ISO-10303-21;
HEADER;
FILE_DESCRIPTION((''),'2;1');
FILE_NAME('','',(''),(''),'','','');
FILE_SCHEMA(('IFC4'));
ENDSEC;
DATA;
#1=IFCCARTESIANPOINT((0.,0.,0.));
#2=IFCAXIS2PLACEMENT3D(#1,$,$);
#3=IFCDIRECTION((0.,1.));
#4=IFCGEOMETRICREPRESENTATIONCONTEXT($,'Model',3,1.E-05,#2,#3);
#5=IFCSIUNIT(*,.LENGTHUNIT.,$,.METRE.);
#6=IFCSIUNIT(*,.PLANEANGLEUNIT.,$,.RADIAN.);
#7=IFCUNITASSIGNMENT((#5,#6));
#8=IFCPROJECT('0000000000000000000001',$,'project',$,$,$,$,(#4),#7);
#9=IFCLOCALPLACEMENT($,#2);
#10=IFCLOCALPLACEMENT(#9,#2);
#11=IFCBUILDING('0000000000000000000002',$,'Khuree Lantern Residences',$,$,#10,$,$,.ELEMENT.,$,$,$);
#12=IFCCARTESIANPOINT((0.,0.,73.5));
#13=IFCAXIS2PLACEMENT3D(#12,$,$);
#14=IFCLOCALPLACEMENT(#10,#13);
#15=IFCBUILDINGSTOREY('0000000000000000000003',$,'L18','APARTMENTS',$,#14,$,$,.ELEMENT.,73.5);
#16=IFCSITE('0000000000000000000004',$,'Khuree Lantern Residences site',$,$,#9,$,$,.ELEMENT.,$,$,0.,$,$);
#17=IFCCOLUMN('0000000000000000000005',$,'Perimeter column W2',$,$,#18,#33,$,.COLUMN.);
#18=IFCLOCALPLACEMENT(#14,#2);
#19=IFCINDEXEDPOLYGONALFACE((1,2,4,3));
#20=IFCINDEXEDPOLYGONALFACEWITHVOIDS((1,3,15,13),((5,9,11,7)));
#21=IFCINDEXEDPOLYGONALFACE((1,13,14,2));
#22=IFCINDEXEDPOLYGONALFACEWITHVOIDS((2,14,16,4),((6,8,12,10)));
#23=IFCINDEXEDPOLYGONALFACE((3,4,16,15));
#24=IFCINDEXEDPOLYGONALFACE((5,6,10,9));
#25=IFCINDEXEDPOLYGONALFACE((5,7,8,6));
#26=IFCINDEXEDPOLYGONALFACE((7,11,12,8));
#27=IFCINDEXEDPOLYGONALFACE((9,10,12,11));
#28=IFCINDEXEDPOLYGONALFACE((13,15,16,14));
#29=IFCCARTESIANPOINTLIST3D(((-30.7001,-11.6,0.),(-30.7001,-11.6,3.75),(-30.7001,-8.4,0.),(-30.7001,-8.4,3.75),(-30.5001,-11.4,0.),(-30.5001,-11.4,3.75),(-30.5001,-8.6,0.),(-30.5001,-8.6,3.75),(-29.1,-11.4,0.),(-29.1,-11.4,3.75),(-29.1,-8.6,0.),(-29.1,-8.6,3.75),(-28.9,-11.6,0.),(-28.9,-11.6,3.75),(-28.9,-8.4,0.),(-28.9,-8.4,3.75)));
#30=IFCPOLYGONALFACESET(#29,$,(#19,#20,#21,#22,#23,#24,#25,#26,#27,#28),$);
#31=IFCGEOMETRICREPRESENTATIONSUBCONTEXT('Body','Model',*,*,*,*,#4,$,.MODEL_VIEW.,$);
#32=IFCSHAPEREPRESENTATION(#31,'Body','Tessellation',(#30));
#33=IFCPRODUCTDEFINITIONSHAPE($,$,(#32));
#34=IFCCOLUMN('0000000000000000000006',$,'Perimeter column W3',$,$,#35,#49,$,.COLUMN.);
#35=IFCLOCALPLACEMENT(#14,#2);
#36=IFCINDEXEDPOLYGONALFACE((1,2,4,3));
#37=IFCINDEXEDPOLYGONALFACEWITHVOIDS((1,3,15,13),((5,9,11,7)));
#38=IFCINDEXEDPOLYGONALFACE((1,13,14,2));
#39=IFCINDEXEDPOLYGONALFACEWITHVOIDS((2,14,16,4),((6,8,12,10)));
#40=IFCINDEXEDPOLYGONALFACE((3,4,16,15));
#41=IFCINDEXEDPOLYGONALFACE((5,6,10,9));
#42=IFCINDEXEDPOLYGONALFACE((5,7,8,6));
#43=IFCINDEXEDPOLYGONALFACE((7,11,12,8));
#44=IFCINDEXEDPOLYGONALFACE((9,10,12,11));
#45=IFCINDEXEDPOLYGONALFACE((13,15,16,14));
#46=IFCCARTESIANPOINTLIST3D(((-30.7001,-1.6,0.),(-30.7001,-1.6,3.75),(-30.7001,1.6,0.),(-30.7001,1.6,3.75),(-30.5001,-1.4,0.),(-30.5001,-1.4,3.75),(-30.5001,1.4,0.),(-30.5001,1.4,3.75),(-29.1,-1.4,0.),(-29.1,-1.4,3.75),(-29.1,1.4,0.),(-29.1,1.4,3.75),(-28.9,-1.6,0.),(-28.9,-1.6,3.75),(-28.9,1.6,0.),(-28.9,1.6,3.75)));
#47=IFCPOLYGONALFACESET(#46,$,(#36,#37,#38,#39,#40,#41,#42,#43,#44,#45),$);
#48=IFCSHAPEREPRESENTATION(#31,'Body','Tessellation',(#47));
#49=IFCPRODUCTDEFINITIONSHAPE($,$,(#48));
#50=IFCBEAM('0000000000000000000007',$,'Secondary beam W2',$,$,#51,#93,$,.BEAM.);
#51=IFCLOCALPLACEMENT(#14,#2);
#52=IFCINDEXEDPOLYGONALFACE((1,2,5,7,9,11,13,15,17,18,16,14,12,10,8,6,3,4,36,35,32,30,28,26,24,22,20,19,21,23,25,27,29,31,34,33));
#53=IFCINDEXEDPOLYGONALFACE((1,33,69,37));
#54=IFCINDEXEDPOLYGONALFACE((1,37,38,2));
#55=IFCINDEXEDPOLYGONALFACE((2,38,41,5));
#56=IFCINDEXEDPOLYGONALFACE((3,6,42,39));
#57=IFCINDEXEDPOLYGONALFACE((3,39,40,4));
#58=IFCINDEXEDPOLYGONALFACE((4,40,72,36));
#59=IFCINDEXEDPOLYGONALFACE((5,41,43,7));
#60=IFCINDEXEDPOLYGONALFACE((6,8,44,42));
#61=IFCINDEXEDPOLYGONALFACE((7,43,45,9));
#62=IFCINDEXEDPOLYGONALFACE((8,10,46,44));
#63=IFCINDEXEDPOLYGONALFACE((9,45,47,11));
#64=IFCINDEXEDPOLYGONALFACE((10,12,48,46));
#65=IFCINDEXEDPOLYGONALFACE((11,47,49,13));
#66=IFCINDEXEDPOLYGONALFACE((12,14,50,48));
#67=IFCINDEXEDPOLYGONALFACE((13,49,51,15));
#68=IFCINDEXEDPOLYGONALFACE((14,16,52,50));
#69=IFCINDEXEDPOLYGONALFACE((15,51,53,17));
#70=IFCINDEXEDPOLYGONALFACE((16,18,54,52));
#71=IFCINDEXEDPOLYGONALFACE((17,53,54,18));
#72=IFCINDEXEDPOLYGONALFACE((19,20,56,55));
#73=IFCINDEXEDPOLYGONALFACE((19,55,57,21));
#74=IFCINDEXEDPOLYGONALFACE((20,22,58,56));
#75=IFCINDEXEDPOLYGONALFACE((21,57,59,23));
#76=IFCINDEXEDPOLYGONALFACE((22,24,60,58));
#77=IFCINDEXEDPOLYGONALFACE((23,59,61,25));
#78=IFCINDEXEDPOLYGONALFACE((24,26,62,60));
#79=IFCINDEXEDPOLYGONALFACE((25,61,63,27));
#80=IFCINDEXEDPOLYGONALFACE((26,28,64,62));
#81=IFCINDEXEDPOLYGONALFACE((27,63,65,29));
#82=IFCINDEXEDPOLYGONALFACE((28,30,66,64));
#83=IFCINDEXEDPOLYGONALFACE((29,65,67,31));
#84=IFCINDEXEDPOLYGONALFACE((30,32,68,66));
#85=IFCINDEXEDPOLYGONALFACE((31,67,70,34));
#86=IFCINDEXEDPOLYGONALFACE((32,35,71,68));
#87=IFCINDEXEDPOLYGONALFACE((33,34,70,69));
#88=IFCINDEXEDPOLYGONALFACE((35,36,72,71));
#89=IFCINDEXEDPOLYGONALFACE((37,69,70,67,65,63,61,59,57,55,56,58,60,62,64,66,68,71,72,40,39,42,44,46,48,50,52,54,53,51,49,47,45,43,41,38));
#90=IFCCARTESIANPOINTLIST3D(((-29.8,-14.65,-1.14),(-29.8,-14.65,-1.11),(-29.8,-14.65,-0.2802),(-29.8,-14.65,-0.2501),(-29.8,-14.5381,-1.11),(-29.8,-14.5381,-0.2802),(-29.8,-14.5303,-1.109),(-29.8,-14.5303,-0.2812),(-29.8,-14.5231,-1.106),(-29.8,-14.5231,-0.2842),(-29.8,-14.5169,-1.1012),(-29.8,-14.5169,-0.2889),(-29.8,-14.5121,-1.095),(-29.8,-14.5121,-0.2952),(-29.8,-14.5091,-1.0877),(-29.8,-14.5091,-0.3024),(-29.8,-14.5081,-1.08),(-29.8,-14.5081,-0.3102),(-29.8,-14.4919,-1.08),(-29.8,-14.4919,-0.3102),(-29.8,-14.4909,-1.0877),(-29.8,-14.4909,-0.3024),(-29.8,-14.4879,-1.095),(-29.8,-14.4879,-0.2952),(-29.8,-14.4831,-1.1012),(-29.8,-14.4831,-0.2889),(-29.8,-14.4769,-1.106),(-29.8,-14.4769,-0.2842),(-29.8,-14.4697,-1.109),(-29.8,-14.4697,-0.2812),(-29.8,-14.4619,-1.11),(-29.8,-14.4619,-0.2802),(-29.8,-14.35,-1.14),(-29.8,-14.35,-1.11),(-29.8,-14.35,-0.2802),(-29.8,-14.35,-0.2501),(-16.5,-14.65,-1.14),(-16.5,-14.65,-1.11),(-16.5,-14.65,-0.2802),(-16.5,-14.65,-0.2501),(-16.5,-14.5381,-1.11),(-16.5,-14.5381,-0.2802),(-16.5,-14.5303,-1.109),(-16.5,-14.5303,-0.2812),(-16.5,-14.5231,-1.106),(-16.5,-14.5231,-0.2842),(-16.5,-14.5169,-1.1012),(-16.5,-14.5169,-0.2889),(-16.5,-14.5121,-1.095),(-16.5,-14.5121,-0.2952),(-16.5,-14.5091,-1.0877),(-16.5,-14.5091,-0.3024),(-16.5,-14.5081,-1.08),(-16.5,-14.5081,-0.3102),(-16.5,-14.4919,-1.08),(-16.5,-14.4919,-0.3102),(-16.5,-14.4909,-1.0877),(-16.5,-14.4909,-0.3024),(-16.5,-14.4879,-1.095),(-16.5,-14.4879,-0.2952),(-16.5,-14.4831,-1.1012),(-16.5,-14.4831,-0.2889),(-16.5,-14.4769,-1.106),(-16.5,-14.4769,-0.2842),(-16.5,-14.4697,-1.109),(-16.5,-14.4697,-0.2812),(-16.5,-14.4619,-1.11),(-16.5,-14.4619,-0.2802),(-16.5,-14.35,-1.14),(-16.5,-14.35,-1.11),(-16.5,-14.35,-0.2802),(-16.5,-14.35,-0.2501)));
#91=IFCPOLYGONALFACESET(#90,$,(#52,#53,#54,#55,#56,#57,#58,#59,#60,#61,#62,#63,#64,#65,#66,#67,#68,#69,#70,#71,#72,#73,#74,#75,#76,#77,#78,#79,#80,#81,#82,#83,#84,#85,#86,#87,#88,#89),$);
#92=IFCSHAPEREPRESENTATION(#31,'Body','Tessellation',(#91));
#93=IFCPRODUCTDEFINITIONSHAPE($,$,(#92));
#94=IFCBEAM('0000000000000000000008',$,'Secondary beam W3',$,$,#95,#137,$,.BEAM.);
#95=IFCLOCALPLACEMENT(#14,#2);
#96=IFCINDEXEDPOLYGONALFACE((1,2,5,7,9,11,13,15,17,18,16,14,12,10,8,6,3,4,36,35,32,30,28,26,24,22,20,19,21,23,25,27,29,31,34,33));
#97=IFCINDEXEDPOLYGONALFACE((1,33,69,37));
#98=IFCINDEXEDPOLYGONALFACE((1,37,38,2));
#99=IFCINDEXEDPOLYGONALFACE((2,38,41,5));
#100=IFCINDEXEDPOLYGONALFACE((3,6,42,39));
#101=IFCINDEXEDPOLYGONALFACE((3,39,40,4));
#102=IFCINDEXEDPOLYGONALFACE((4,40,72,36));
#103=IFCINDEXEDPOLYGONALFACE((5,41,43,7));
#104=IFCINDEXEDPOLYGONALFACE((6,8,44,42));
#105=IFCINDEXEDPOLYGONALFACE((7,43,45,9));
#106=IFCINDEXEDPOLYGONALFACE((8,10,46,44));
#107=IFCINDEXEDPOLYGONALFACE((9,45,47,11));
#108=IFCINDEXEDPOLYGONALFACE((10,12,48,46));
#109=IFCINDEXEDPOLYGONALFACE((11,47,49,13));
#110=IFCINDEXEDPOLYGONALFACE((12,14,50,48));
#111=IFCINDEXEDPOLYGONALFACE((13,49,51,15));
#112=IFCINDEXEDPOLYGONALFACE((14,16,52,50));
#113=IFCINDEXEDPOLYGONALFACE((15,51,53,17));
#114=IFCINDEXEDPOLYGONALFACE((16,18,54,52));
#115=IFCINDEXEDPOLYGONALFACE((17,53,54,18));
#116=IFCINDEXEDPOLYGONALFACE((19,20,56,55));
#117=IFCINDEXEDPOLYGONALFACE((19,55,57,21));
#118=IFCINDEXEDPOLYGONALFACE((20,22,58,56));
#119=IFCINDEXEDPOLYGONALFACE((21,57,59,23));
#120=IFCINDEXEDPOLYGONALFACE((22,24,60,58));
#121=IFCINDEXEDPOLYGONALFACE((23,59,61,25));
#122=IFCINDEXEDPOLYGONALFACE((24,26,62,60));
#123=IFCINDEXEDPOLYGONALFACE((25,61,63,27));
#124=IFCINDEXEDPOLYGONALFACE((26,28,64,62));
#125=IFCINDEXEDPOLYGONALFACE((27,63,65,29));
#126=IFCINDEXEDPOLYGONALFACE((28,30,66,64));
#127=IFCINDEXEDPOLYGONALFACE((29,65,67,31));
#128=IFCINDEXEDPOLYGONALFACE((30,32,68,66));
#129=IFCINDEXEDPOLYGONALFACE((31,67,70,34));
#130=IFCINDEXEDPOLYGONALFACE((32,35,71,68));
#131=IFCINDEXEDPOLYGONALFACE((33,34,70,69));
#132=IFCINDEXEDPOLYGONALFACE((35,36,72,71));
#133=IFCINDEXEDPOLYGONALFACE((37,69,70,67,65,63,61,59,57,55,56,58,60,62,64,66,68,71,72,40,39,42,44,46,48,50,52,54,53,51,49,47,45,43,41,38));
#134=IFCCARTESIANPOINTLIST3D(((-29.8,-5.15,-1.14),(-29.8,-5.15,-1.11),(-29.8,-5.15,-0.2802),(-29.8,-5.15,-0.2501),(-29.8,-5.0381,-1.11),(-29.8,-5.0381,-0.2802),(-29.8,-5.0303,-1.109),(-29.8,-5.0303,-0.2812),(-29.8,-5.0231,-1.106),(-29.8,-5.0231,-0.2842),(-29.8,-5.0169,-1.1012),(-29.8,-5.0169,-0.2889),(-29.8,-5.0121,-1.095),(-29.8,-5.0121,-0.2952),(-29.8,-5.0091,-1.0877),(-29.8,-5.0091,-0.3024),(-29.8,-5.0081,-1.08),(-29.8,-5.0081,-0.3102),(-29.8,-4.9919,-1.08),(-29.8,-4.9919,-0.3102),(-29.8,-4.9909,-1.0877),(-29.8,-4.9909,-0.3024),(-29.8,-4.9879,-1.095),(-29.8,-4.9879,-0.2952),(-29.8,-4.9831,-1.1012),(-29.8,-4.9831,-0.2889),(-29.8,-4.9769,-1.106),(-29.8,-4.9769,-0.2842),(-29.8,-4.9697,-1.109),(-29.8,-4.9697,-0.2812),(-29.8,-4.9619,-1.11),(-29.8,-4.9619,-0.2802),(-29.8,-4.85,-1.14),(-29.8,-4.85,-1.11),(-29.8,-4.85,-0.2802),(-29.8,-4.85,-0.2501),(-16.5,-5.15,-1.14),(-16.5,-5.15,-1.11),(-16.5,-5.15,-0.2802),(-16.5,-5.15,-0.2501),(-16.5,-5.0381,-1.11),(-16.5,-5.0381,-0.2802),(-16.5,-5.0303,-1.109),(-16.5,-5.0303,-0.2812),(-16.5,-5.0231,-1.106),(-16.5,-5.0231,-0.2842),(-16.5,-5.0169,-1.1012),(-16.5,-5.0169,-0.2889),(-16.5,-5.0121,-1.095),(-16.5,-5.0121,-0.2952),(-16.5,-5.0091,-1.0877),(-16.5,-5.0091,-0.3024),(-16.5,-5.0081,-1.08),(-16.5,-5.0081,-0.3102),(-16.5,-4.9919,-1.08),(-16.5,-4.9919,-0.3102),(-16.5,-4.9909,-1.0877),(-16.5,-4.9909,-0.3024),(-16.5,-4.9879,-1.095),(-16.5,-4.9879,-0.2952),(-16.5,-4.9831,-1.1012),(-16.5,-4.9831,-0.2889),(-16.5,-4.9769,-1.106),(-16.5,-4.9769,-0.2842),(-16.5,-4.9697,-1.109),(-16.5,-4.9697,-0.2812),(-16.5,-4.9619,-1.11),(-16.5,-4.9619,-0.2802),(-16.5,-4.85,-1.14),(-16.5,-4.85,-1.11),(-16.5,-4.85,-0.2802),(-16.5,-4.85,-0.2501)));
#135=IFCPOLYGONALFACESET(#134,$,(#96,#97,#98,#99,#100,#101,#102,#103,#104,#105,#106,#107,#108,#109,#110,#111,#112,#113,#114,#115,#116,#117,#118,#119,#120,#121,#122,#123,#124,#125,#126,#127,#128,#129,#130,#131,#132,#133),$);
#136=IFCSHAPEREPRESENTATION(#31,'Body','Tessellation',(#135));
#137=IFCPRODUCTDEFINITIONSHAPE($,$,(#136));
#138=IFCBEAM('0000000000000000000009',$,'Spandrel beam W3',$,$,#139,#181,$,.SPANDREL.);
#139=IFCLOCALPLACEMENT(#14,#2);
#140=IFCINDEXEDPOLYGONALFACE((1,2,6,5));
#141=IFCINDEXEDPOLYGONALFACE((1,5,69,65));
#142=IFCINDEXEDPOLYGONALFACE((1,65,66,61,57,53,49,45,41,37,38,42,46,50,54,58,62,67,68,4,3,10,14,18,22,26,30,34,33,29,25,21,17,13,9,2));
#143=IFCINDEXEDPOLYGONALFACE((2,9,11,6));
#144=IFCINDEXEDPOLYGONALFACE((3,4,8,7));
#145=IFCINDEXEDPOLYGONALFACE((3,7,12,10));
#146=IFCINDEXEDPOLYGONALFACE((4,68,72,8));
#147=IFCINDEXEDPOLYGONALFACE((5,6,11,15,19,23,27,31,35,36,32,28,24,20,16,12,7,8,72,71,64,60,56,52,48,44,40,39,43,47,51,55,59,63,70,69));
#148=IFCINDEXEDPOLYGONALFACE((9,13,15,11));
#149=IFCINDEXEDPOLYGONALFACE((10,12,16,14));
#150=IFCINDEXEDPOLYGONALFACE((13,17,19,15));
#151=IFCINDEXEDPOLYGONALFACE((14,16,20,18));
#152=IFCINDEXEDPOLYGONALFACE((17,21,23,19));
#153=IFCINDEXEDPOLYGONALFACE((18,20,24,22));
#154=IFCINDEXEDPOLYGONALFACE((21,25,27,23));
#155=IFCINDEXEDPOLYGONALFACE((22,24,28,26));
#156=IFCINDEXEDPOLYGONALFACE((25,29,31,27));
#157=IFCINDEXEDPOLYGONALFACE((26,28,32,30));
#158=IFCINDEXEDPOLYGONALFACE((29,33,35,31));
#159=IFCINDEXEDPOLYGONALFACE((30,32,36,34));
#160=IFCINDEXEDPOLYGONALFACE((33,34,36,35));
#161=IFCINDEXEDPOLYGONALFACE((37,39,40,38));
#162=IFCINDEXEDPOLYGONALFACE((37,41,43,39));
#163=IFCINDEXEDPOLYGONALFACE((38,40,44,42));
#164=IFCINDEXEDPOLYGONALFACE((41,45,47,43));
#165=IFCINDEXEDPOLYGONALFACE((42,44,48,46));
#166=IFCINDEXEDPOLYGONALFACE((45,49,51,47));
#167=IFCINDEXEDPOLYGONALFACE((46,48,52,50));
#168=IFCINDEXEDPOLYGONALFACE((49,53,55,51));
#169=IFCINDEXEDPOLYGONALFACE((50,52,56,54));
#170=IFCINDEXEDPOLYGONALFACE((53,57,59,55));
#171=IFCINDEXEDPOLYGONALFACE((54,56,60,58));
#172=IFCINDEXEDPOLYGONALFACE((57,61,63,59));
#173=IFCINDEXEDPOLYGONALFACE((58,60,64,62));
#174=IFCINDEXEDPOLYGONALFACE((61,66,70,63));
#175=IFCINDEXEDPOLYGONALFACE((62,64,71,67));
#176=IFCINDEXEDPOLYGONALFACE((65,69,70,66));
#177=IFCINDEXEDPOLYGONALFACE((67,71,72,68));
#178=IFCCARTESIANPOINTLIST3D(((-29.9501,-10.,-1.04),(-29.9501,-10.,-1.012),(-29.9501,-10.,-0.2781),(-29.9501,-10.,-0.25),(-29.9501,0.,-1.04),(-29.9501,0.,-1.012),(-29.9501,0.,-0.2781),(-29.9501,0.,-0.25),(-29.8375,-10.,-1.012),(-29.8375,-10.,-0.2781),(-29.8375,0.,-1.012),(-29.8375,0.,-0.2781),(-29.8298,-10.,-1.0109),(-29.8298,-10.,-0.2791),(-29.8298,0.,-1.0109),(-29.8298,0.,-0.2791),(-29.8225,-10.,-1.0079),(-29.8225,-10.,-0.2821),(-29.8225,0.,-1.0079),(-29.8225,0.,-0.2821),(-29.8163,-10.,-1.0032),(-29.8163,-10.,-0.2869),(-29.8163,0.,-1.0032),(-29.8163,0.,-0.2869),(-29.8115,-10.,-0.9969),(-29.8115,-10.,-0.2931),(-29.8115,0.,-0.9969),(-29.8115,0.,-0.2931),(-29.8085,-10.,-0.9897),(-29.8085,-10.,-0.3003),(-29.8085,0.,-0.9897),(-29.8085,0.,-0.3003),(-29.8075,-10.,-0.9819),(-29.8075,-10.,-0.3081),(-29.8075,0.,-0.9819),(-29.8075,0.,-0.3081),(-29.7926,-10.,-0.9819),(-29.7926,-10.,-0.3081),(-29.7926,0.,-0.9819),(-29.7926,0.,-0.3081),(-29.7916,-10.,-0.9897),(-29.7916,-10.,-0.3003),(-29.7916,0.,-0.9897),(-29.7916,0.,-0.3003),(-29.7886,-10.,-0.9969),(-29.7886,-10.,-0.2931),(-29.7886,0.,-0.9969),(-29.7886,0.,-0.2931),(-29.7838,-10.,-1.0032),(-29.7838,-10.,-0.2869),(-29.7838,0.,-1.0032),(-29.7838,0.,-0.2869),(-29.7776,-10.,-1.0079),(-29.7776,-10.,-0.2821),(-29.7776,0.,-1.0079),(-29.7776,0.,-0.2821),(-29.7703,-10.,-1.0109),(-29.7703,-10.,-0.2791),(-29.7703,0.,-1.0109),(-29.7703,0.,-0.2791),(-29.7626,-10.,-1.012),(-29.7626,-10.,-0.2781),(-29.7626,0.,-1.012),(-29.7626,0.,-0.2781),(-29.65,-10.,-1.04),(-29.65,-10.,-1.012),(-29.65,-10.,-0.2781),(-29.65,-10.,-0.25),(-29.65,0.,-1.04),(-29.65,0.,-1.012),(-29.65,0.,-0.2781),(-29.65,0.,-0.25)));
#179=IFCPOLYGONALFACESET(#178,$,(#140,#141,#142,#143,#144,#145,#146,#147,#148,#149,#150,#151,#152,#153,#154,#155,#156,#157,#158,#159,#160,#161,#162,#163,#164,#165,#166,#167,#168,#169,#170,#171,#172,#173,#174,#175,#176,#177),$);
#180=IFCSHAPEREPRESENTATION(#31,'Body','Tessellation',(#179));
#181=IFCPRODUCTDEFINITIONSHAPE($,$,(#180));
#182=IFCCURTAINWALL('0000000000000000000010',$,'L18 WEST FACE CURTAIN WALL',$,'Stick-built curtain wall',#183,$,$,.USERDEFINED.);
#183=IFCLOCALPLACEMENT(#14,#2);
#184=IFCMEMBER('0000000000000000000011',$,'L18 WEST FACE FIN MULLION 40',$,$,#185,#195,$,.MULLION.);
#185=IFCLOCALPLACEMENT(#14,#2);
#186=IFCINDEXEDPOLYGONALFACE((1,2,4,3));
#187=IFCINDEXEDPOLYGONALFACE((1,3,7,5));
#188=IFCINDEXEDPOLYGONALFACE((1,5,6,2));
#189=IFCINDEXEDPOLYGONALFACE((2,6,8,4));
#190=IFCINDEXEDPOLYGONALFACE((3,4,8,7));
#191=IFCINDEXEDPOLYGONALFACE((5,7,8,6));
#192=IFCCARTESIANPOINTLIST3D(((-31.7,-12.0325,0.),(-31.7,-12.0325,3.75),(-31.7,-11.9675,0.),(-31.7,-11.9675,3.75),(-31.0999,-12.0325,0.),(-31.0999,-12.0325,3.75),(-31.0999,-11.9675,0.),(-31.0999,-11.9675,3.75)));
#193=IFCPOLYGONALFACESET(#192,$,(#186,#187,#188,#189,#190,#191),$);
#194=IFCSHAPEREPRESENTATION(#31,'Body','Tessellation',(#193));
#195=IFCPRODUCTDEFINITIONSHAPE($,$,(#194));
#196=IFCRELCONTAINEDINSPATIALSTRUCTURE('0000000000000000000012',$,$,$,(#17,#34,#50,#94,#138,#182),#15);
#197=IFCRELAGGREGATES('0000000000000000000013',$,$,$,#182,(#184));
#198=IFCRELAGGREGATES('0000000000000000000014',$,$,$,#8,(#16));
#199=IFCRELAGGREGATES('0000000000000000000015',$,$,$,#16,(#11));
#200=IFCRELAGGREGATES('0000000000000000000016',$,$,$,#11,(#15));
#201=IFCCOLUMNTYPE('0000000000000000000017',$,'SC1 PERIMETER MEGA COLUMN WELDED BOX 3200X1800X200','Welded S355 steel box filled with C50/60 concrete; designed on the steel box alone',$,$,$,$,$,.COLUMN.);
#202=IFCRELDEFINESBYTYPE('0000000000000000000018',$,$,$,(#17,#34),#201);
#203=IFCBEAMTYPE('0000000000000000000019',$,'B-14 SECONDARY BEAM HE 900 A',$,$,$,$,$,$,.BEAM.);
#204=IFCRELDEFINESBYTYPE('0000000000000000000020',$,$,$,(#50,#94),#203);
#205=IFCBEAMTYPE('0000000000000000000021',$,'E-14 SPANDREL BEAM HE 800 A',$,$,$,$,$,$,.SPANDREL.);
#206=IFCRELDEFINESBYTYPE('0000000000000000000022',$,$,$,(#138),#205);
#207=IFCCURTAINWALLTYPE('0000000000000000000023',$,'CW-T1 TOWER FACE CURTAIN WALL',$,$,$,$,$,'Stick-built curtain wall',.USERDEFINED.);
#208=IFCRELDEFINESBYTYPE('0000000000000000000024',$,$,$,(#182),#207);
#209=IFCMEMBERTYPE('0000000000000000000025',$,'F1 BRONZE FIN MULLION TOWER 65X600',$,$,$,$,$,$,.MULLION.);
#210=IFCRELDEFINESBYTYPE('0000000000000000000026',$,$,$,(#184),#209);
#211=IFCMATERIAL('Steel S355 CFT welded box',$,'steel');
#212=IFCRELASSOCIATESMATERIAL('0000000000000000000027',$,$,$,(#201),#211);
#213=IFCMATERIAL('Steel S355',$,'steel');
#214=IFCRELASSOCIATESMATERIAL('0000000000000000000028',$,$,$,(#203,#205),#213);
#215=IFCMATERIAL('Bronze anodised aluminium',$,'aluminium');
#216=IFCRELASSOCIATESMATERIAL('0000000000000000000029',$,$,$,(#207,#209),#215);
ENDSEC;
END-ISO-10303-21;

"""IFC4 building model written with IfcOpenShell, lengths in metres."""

from ifc_helpers import new_model, si_unit, direction, frame, origin, origin_2d, place, context, subcontext, project, spatial, rectangle, hollow_rectangle, i_section, extrude, material, material_profile, profile_set, type_object, element, aggregate, save


model = new_model("IFC4")

# Units and contexts
model_context = context("Model", 3, precision=1e-05, world=origin(), true_north=direction((0.0, 1.0)))
body_context = subcontext(model_context, "Body", "Model", "MODEL_VIEW")
ifc_project = project(units=[si_unit("LENGTHUNIT", "METRE"), si_unit("PLANEANGLEUNIT", "RADIAN")], contexts=[model_context])

# Site, building, storey
site_placement = place(None, origin())
site = spatial("IfcSite", under=ifc_project, at=site_placement, Name="Khuree Lantern Residences site", CompositionType="ELEMENT", RefElevation=0.0)
building_placement = place(site_placement, origin())
building = spatial("IfcBuilding", under=site, at=building_placement, Name="Khuree Lantern Residences", CompositionType="ELEMENT")
storey_placement = place(building_placement, frame((0.0, 0.0, 73.5)))
storey = spatial("IfcBuildingStorey", under=building, at=storey_placement, Name="L18", Description="APARTMENTS", CompositionType="ELEMENT", Elevation=73.5)

# Columns
ifc_material_1 = material(Name="Steel S355 CFT welded box", Category="steel")
ifc_material_profile_1 = material_profile(ifc_material_1, hollow_rectangle(XDim=3.2, YDim=1.8, WallThickness=0.2, at=origin_2d()), Name="WELDED BOX 3200X1800X200")
ifc_profile_set_1 = profile_set([ifc_material_profile_1], Name="Steel S355 CFT welded box")
column_type = type_object("IfcColumnType", Name="SC1 PERIMETER MEGA COLUMN WELDED BOX 3200X1800X200", Description="Welded S355 steel box filled with C50/60 concrete; designed on the steel box alone", PredefinedType="COLUMN", material=ifc_profile_set_1)
for number, where, z_axis, x_axis, name in (
    (1, (-29.8, -10.0, 0.0), (0.0, 0.0, 1.0), (0.0, 1.0, 0.0), "Perimeter column W2"),
    (2, (-29.8, 0.0, 0.0), (0.0, 0.0, 1.0), (0.0, 1.0, 0.0), "Perimeter column W3"),
):
    element("IfcColumn", number, at=place(storey_placement, frame(where, z_axis=z_axis, x_axis=x_axis)), inside=storey, type_object=column_type, Name=name, PredefinedType="COLUMN", context=body_context, shape_type="SweptSolid", body=[
        extrude(hollow_rectangle(XDim=3.2, YDim=1.8, WallThickness=0.2, at=origin_2d()), origin(), (0.0, 0.0, 1.0), 3.75),
    ])

# Beams
ifc_material_2 = material(Name="Steel S355", Category="steel")
ifc_material_profile_2 = material_profile(ifc_material_2, i_section(OverallWidth=0.3, OverallDepth=0.8899, WebThickness=0.0161, FlangeThickness=0.03, FilletRadius=0.03, at=origin_2d()), Name="HE 900 A")
ifc_profile_set_2 = profile_set([ifc_material_profile_2], Name="Steel S355")
beam_type_1 = type_object("IfcBeamType", Name="B-14 SECONDARY BEAM HE 900 A", PredefinedType="BEAM", material=ifc_profile_set_2)
for number, where, z_axis, x_axis, name in (
    (3, (-29.8, -14.5, -0.6951), (1.0, 0.0, 0.0), (0.0, 1.0, 0.0), "Secondary beam W2"),
    (4, (-29.8, -5.0, -0.6951), (1.0, 0.0, 0.0), (0.0, 1.0, 0.0), "Secondary beam W3"),
):
    element("IfcBeam", number, at=place(storey_placement, frame(where, z_axis=z_axis, x_axis=x_axis)), inside=storey, type_object=beam_type_1, Name=name, PredefinedType="BEAM", context=body_context, shape_type="SweptSolid", body=[
        extrude(i_section(OverallWidth=0.3, OverallDepth=0.8899, WebThickness=0.0161, FlangeThickness=0.03, FilletRadius=0.03, at=origin_2d()), origin(), (0.0, 0.0, 1.0), 13.3),
    ])
ifc_material_profile_3 = material_profile(ifc_material_2, i_section(OverallWidth=0.3, OverallDepth=0.79, WebThickness=0.0149, FlangeThickness=0.0281, FilletRadius=0.03, at=origin_2d()), Name="HE 800 A")
ifc_profile_set_3 = profile_set([ifc_material_profile_3], Name="Steel S355")
beam_type_2 = type_object("IfcBeamType", Name="E-14 SPANDREL BEAM HE 800 A", PredefinedType="SPANDREL", material=ifc_profile_set_3)
beam_1_placement = place(storey_placement, frame((-29.8, -10.0, -0.645), z_axis=(0.0, 1.0, 0.0), x_axis=(-1.0, 0.0, 0.0)))
element("IfcBeam", 5, at=beam_1_placement, inside=storey, type_object=beam_type_2, Name="Spandrel beam W3", PredefinedType="SPANDREL", context=body_context, shape_type="SweptSolid", body=[
    extrude(i_section(OverallWidth=0.3, OverallDepth=0.79, WebThickness=0.0149, FlangeThickness=0.0281, FilletRadius=0.03, at=origin_2d()), origin(), (0.0, 0.0, 1.0), 10.0),
])

# Curtain wall, member
ifc_material_3 = material(Name="Bronze anodised aluminium", Category="aluminium")
curtain_wall_type = type_object("IfcCurtainWallType", Name="CW-T1 TOWER FACE CURTAIN WALL", ElementType="Stick-built curtain wall", PredefinedType="USERDEFINED", material=ifc_material_3)
curtain_wall_placement = place(storey_placement, origin())
curtain_wall = element("IfcCurtainWall", 6, at=curtain_wall_placement, inside=storey, type_object=curtain_wall_type, Name="L18 WEST FACE CURTAIN WALL", ObjectType="Stick-built curtain wall", PredefinedType="USERDEFINED")
ifc_material_profile_4 = material_profile(ifc_material_3, rectangle(XDim=0.0649, YDim=0.6001, at=origin_2d()), Name="F1 65X600")
ifc_profile_set_4 = profile_set([ifc_material_profile_4], Name="Bronze anodised aluminium")
member_type_1 = type_object("IfcMemberType", Name="F1 BRONZE FIN MULLION TOWER 65X600", PredefinedType="MULLION", material=ifc_profile_set_4)
member_1_placement = place(storey_placement, frame((-31.3999, -12.0, 0.0), z_axis=(0.0, 0.0, 1.0), x_axis=(0.0, -1.0, 0.0)))
member_1 = element("IfcMember", 7, at=member_1_placement, type_object=member_type_1, Name="L18 WEST FACE FIN MULLION 40", PredefinedType="MULLION", context=body_context, shape_type="SweptSolid", body=[
    extrude(rectangle(XDim=0.0649, YDim=0.6001, at=origin_2d()), origin(), (0.0, 0.0, 1.0), 3.75),
])

aggregate(curtain_wall, [member_1])

save(model, "model.ifc")
